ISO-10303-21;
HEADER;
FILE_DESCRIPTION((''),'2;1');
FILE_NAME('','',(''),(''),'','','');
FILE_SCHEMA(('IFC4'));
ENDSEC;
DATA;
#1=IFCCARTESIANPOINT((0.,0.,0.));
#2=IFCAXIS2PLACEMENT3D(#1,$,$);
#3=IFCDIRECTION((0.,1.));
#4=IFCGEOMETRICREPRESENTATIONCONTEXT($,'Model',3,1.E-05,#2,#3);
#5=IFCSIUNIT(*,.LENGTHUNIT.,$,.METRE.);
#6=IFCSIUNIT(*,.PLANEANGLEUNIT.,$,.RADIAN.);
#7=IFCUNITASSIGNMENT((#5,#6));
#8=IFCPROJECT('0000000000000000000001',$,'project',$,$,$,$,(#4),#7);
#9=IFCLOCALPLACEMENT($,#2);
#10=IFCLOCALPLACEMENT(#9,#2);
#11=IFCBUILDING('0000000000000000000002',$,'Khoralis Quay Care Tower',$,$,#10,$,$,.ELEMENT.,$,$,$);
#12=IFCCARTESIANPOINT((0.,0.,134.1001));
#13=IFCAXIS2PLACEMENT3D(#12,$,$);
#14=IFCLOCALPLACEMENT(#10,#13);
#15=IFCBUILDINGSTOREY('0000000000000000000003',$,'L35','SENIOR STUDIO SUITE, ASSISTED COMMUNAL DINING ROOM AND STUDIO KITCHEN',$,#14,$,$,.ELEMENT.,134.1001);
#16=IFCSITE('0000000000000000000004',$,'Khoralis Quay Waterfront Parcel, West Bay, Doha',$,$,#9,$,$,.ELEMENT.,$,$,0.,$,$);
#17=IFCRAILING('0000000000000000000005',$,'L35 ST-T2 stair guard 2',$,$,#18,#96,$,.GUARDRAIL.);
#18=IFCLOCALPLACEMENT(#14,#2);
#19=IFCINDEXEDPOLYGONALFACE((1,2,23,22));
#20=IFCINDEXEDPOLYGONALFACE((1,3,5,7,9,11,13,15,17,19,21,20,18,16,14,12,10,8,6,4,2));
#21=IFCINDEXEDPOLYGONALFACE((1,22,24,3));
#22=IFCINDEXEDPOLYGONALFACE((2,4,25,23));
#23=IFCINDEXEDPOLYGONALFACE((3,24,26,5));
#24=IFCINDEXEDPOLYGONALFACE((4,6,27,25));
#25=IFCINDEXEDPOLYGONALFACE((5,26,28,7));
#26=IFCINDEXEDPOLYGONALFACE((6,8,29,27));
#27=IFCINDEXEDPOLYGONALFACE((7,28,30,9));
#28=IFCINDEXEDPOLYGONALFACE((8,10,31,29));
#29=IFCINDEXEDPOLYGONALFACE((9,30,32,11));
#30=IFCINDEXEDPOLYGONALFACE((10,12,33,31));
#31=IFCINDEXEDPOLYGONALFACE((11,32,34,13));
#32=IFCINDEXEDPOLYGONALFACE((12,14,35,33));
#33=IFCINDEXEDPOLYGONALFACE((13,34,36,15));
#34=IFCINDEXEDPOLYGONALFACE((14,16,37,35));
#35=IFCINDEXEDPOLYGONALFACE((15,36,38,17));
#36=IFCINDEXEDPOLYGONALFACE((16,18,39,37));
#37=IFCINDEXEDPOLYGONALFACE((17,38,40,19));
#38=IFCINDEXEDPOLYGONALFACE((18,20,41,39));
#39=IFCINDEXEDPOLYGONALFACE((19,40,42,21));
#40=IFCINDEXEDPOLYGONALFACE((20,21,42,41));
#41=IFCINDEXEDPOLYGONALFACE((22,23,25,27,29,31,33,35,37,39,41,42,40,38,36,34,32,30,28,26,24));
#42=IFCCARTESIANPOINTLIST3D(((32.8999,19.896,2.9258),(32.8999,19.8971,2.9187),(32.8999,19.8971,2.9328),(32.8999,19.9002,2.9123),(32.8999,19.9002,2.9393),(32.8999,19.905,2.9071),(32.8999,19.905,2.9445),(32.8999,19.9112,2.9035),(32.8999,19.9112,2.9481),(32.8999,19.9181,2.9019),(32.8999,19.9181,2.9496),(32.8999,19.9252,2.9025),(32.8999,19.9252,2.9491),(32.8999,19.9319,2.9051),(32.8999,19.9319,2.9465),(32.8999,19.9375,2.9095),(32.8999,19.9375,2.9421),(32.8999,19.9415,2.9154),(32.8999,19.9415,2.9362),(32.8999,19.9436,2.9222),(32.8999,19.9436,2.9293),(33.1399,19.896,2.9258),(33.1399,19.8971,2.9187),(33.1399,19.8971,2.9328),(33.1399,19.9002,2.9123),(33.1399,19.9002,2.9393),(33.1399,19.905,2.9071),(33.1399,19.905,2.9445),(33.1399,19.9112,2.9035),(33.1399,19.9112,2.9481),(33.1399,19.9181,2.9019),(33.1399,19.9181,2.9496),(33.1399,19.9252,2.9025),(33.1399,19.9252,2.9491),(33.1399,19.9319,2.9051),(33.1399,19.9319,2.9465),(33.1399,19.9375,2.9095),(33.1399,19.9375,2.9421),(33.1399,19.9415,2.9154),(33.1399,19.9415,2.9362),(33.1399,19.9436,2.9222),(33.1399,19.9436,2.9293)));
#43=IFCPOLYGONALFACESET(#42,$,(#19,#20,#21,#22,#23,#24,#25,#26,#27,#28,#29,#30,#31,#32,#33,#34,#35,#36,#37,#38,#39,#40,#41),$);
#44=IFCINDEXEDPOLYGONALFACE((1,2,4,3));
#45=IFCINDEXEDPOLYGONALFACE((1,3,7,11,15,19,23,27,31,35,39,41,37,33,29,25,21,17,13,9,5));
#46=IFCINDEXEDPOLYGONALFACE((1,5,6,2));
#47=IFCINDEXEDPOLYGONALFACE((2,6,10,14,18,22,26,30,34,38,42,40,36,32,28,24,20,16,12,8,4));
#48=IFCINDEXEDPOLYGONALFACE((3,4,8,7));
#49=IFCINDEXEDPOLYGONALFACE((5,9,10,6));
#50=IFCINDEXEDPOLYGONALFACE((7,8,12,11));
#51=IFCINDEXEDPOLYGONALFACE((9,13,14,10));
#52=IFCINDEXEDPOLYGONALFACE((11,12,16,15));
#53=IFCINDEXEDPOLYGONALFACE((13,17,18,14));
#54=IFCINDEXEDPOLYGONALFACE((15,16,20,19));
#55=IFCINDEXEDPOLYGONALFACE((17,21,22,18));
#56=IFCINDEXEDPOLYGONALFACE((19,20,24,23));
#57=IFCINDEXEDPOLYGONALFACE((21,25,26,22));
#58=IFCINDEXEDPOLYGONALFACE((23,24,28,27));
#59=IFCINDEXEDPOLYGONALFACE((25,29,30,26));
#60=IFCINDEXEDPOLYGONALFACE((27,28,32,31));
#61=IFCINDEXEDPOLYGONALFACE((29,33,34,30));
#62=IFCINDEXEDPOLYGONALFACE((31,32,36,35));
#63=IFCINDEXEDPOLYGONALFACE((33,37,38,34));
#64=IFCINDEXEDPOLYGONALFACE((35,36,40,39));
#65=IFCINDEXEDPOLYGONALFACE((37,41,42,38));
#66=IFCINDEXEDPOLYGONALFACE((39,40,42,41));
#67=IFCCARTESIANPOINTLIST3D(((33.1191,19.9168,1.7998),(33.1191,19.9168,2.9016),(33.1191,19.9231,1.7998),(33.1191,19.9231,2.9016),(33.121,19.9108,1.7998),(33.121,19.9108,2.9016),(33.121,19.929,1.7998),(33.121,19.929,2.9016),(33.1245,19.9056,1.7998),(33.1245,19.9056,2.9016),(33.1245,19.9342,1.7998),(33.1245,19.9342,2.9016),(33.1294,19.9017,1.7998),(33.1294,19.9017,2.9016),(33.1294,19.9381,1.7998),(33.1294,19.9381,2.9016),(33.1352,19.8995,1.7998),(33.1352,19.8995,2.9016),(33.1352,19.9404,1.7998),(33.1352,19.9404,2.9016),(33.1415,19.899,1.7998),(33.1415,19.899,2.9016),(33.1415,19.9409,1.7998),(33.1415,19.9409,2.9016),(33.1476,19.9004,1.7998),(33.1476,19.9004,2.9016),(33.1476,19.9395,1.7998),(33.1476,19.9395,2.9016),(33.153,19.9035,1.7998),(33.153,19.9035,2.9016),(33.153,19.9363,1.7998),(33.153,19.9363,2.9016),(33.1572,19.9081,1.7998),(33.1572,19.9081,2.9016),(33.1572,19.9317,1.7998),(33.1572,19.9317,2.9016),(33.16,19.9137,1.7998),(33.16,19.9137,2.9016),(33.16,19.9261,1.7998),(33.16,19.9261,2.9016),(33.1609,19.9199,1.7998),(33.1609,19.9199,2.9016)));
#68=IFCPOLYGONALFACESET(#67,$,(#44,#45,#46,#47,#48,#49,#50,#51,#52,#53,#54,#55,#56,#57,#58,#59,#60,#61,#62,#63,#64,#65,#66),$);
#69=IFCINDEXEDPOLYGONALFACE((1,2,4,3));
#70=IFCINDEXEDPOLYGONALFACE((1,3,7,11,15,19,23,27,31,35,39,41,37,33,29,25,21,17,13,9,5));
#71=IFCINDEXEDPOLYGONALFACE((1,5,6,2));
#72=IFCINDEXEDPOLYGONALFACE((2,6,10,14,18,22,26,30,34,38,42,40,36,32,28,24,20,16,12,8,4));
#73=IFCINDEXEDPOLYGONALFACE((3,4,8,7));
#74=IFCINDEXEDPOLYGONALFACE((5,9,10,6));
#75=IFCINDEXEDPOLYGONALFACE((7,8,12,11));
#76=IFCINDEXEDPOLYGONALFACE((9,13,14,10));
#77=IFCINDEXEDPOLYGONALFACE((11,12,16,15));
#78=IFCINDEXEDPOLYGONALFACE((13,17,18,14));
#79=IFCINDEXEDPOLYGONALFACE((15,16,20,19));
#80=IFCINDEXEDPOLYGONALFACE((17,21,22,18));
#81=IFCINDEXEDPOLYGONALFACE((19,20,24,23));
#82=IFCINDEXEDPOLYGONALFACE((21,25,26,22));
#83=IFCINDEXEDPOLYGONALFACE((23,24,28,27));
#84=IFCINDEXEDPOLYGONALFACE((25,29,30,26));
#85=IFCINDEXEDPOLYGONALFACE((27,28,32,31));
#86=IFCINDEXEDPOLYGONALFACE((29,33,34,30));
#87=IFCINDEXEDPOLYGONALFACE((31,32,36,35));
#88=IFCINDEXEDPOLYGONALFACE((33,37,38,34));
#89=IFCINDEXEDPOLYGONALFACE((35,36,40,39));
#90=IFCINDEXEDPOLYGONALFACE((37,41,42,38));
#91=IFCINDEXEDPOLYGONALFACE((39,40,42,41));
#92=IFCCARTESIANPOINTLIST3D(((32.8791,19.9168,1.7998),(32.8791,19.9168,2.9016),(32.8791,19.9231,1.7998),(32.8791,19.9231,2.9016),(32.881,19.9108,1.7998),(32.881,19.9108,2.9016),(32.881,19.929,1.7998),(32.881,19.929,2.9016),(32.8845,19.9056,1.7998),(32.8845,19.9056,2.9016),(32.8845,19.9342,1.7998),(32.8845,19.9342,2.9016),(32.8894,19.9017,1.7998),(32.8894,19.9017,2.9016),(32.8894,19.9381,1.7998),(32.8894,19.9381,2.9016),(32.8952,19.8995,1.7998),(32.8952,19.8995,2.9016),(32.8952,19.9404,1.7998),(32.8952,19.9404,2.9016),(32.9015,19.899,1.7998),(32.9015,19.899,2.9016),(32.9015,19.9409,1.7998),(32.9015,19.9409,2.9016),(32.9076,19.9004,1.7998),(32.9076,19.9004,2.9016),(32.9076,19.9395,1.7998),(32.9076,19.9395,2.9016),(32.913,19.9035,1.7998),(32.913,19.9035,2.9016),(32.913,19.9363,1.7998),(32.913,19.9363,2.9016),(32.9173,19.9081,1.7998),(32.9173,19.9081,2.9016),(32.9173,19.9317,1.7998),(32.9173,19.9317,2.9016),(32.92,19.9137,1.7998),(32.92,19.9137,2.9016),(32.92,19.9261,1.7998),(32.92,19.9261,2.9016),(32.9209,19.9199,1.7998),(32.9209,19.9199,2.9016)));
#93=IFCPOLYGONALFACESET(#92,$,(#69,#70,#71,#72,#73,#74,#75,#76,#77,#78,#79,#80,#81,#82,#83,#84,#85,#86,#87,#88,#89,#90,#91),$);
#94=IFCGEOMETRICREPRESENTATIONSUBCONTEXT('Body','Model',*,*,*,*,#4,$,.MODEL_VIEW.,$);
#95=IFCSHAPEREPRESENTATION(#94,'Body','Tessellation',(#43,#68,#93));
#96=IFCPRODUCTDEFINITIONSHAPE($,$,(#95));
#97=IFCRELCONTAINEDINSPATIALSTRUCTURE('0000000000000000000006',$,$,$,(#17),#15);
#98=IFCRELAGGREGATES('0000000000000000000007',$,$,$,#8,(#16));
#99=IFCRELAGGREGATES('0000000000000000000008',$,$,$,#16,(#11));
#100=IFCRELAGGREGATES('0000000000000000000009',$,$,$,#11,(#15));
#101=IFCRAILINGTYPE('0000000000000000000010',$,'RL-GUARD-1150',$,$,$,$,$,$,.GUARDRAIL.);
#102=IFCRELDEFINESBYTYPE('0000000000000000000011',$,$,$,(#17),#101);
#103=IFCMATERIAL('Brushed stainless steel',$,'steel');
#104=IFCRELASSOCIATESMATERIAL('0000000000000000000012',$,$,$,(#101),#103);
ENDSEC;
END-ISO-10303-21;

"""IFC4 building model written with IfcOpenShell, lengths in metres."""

from ifc_helpers import new_model, si_unit, direction, frame, origin, origin_2d, place, context, subcontext, project, spatial, circle, extrude, material, type_object, element, save


model = new_model("IFC4")

# Units and contexts
model_context = context("Model", 3, precision=1e-05, world=origin(), true_north=direction((0.0, 1.0)))
body_context = subcontext(model_context, "Body", "Model", "MODEL_VIEW")
ifc_project = project(units=[si_unit("LENGTHUNIT", "METRE"), si_unit("PLANEANGLEUNIT", "RADIAN")], contexts=[model_context])

# Site, building, storey
site_placement = place(None, origin())
site = spatial("IfcSite", under=ifc_project, at=site_placement, Name="Khoralis Quay Waterfront Parcel, West Bay, Doha", CompositionType="ELEMENT", RefElevation=0.0)
building_placement = place(site_placement, origin())
building = spatial("IfcBuilding", under=site, at=building_placement, Name="Khoralis Quay Care Tower", CompositionType="ELEMENT")
storey_placement = place(building_placement, frame((0.0, 0.0, 134.1001)))
storey = spatial("IfcBuildingStorey", under=building, at=storey_placement, Name="L35", Description="SENIOR STUDIO SUITE, ASSISTED COMMUNAL DINING ROOM AND STUDIO KITCHEN", CompositionType="ELEMENT", Elevation=134.1001)

# Railing
ifc_material_1 = material(Name="Brushed stainless steel", Category="steel")
railing_type_1 = type_object("IfcRailingType", Name="RL-GUARD-1150", PredefinedType="GUARDRAIL", material=ifc_material_1)
railing_1_placement = place(storey_placement, frame((33.1399, 19.9199, 1.7998)))
element("IfcRailing", 1, at=railing_1_placement, inside=storey, type_object=railing_type_1, Name="L35 ST-T2 stair guard 2", PredefinedType="GUARDRAIL", context=body_context, shape_type="SweptSolid", body=[
    extrude(circle(Radius=0.0239, at=origin_2d()), frame((0.0, 0.0, 1.126), z_axis=(-1.0, 0.0, 0.0), x_axis=(0.0, -1.0, 0.0)), (0.0, 0.0, 1.0), 0.24),
    extrude(circle(Radius=0.021, at=origin_2d()), origin(), (0.0, 0.0, 1.0), 1.1018),
    extrude(circle(Radius=0.021, at=origin_2d()), frame((-0.24, 0.0, 0.0)), (0.0, 0.0, 1.0), 1.1018),
])

save(model, "model.ifc")
